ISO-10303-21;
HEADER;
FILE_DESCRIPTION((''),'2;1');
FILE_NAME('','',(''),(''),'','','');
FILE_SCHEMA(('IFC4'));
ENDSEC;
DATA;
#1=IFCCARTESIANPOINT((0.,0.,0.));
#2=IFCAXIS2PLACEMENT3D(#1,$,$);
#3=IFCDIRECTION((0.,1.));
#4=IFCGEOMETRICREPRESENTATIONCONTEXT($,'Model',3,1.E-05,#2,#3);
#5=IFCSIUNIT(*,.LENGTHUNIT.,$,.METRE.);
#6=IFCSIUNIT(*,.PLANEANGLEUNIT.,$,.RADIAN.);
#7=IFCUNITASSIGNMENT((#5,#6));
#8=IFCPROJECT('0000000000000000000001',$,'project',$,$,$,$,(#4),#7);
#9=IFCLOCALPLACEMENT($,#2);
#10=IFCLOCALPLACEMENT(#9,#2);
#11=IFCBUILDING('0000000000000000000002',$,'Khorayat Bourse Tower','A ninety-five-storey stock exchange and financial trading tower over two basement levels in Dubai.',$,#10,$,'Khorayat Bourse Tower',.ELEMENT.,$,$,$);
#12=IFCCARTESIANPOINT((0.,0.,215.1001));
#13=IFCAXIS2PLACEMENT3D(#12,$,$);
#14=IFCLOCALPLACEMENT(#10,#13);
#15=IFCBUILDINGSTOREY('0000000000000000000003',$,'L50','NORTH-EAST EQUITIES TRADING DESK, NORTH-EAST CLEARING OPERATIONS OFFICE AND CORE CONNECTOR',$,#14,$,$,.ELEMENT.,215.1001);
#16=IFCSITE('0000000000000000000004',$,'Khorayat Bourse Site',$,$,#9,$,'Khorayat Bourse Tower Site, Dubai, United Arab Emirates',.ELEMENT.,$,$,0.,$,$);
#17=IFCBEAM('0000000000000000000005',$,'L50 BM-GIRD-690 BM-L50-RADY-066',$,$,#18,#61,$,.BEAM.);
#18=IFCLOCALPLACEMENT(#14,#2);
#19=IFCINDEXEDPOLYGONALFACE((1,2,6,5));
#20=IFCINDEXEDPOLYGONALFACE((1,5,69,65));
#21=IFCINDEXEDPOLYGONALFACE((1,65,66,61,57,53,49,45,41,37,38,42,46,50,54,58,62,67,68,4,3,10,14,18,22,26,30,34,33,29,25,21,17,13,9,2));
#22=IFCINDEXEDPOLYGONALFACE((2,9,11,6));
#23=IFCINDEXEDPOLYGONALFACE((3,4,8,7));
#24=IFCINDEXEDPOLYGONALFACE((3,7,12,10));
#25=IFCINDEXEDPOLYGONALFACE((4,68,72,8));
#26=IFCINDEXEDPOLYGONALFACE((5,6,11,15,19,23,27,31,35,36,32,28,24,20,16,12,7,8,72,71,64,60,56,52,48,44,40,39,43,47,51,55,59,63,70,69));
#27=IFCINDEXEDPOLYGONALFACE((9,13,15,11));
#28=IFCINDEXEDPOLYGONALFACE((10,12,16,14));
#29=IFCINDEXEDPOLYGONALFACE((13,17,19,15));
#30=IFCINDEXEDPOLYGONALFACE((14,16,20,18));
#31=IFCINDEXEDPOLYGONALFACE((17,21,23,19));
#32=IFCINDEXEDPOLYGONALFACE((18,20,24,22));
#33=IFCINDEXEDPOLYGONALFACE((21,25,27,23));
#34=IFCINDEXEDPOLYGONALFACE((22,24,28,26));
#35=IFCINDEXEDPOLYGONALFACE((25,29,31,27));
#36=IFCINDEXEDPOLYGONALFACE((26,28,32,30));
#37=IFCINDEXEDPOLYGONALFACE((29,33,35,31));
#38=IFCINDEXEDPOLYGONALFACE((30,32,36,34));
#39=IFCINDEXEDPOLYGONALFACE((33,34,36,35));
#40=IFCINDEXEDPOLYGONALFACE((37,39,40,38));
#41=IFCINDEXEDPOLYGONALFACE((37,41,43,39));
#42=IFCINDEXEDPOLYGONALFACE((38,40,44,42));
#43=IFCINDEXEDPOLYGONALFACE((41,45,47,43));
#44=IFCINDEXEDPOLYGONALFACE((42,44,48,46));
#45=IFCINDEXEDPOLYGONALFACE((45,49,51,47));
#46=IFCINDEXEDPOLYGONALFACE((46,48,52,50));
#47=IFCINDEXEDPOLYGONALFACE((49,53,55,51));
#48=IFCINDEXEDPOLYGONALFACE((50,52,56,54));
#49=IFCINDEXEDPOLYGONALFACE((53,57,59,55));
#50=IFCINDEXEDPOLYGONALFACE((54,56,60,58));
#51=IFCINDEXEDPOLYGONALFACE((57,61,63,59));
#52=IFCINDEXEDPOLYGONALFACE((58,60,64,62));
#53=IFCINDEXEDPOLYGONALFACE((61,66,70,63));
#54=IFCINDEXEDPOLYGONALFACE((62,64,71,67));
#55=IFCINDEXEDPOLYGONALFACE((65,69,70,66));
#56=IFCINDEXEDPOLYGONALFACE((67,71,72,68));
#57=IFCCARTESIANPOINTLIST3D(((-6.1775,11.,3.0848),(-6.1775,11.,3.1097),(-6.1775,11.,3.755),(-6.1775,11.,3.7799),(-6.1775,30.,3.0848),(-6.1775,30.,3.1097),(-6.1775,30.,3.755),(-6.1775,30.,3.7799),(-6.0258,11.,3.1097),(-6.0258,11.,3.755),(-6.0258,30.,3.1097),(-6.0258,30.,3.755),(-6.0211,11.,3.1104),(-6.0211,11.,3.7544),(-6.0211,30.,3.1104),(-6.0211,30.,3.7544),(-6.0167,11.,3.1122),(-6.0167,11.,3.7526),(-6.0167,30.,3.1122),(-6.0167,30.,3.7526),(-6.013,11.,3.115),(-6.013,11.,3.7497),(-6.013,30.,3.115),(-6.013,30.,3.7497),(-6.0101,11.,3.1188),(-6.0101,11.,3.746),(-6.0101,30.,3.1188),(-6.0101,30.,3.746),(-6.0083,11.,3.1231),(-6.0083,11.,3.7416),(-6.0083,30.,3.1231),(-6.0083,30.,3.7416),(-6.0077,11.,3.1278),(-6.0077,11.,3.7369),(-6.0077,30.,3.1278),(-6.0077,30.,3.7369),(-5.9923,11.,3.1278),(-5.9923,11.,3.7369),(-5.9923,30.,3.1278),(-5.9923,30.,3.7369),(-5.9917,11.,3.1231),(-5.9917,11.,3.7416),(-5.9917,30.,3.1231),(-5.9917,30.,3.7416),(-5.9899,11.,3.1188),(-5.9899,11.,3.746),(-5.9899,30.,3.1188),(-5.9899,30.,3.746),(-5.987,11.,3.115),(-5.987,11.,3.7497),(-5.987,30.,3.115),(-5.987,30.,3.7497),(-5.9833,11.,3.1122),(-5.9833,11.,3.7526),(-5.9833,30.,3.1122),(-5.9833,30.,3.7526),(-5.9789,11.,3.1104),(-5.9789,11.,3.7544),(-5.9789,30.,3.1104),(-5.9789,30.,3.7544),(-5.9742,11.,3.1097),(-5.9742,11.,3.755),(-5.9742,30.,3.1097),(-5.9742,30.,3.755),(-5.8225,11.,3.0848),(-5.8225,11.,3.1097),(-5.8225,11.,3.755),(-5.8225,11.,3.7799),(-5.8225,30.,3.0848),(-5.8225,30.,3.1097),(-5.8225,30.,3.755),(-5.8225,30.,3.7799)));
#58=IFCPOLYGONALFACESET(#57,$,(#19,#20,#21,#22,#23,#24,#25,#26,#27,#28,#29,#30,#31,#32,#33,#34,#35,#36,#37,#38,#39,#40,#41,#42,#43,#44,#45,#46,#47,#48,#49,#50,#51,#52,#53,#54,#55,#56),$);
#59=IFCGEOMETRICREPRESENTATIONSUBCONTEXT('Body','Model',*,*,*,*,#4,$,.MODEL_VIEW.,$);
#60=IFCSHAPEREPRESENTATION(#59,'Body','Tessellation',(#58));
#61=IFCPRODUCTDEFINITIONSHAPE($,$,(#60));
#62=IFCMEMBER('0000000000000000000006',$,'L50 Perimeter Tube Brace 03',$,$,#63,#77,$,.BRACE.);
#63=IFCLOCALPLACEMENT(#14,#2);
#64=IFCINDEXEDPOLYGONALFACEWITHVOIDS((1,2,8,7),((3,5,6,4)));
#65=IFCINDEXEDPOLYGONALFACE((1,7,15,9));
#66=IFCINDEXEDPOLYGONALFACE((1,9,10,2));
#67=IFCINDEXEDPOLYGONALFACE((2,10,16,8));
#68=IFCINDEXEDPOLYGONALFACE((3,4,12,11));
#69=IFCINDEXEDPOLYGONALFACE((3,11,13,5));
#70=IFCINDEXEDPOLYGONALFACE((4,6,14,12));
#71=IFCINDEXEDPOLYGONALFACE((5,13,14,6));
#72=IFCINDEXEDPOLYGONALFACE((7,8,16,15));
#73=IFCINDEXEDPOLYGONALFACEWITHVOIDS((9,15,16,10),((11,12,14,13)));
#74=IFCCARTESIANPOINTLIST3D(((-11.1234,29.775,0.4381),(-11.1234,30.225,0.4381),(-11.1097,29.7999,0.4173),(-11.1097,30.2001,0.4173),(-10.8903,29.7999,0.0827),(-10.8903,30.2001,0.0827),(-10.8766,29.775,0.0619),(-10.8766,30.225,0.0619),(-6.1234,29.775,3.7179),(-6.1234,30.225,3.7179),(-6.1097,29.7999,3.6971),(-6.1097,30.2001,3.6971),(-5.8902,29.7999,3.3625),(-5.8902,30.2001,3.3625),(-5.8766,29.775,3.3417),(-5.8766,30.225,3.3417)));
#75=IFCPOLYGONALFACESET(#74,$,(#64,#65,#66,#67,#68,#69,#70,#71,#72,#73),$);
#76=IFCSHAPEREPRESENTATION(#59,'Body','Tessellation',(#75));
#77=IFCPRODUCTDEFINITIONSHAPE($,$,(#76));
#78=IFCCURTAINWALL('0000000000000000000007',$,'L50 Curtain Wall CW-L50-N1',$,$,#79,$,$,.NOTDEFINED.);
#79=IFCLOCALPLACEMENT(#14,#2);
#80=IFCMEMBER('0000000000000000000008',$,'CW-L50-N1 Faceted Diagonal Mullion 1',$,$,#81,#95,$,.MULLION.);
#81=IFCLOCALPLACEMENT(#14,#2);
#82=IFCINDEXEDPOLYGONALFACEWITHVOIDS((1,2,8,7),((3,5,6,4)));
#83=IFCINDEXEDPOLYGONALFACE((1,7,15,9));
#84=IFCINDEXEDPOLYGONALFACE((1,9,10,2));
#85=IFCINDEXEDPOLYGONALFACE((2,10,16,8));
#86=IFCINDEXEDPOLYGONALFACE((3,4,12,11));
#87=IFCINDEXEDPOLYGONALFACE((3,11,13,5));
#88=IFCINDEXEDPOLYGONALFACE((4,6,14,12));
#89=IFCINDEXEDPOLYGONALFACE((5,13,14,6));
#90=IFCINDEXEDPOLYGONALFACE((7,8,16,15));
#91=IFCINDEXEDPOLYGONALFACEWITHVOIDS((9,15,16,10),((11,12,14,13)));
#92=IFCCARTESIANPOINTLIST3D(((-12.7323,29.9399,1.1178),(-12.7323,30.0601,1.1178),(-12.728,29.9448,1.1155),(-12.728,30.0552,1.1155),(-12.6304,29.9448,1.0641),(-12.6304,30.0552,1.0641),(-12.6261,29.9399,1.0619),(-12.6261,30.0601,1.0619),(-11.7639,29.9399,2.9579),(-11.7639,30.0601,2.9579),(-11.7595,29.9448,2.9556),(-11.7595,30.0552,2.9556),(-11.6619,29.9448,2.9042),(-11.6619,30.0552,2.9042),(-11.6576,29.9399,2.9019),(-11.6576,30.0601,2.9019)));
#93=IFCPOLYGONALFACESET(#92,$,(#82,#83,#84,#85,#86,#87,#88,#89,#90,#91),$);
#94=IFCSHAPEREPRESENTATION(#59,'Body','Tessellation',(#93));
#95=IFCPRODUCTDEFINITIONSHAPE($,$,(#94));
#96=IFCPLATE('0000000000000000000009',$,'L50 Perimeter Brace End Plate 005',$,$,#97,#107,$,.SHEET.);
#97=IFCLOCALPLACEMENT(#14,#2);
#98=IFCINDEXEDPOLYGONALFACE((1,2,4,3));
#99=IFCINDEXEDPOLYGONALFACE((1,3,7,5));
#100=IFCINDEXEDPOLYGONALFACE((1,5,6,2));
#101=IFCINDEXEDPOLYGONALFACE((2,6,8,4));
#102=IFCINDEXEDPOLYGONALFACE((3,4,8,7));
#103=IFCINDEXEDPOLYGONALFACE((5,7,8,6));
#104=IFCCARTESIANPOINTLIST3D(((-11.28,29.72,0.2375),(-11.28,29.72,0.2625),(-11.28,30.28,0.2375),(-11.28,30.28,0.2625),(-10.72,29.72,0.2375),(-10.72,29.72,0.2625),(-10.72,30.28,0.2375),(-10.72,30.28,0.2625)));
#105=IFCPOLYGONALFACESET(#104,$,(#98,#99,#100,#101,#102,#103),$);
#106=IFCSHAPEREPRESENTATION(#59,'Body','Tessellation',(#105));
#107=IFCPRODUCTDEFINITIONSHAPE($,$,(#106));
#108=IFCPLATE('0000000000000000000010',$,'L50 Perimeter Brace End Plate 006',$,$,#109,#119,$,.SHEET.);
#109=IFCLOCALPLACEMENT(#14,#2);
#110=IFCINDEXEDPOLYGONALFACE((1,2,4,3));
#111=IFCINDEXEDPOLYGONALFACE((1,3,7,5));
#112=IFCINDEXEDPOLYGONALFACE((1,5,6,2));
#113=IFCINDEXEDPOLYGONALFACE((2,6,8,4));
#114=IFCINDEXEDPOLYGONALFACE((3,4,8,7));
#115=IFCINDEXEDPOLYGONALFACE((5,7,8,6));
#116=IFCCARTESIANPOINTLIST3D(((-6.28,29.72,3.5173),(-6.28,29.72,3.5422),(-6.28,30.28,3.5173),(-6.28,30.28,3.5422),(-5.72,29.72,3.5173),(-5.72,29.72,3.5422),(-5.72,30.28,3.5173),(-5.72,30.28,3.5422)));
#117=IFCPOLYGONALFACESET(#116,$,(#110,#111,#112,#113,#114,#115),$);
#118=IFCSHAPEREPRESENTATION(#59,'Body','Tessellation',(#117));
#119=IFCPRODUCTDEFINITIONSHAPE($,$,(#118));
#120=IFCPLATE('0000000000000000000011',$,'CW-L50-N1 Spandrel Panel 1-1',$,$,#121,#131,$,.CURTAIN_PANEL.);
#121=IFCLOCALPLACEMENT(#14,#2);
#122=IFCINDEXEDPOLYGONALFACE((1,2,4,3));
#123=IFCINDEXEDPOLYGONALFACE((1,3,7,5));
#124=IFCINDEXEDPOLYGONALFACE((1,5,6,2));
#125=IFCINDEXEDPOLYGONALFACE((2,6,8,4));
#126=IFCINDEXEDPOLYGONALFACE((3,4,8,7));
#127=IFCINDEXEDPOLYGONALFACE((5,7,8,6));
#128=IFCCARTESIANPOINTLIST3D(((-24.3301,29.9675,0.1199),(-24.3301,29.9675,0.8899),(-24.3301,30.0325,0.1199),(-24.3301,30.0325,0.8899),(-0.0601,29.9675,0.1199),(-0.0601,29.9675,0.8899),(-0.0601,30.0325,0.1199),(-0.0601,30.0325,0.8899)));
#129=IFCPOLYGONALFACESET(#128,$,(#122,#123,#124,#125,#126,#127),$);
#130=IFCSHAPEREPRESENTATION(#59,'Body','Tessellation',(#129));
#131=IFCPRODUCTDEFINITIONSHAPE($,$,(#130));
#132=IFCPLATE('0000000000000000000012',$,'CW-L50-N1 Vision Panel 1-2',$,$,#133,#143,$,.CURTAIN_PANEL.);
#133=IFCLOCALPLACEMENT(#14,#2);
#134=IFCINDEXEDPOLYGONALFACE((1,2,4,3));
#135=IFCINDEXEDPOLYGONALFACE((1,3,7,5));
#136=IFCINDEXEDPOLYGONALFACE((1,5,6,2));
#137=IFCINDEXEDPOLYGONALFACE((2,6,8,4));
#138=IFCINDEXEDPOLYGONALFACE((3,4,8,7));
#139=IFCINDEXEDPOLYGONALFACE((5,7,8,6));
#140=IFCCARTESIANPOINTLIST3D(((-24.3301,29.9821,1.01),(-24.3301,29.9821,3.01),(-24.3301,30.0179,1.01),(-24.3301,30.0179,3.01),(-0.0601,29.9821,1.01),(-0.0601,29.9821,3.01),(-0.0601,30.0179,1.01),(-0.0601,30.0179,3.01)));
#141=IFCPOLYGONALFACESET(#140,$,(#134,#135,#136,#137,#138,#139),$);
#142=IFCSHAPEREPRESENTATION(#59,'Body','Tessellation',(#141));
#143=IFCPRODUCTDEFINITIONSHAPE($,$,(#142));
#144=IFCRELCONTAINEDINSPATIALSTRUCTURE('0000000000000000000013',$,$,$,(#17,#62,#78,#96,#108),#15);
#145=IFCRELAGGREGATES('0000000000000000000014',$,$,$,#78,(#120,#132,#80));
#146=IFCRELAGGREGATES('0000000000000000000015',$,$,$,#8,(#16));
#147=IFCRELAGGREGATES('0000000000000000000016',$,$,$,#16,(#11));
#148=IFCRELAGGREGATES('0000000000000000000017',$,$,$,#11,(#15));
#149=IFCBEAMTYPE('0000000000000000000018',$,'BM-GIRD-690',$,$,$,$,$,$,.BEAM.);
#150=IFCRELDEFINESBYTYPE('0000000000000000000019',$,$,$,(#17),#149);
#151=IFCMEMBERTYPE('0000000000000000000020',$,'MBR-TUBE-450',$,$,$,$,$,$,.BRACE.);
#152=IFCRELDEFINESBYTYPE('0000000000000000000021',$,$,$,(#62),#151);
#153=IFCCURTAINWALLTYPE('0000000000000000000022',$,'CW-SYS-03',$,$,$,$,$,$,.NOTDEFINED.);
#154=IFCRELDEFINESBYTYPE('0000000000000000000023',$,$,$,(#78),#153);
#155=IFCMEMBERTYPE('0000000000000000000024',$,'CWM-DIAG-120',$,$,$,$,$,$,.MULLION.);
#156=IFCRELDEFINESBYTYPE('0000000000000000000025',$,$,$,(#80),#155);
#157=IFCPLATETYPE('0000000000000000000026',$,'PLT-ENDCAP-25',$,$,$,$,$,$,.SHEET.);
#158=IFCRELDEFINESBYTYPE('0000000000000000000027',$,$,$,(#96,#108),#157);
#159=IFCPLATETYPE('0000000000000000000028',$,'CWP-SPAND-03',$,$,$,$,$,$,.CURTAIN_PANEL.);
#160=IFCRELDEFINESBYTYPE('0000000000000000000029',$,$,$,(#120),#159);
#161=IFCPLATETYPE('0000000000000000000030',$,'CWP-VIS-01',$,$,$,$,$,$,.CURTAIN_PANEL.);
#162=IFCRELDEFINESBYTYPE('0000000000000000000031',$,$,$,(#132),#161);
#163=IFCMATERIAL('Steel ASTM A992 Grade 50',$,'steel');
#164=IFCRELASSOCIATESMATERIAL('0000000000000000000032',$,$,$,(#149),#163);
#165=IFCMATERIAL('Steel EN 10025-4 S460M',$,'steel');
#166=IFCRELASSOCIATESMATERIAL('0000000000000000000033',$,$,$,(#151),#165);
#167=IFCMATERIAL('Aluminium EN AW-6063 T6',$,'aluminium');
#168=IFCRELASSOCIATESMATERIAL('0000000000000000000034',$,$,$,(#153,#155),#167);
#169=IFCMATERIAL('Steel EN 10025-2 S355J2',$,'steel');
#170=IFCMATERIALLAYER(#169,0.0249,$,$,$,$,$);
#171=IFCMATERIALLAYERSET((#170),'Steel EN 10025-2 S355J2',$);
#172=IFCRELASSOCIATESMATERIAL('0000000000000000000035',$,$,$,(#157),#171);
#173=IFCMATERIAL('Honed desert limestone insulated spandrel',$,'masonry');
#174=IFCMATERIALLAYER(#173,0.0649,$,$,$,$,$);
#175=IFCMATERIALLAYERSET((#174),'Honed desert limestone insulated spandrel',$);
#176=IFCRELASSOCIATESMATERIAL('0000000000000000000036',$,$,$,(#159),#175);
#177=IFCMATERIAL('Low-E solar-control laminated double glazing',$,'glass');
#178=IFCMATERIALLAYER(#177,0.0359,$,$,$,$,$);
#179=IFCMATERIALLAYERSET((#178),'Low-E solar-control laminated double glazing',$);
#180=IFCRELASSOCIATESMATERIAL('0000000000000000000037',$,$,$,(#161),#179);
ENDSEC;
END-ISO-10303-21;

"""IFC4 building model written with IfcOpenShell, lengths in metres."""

from ifc_helpers import new_model, si_unit, direction, frame, origin, origin_2d, place, context, subcontext, project, spatial, rectangle, hollow_rectangle, i_section, extrude, source, transform, mapped, material, layer, layer_set, material_profile, profile_set, type_object, element, aggregate, save


model = new_model("IFC4")

# Units and contexts
model_context = context("Model", 3, precision=1e-05, world=origin(), true_north=direction((0.0, 1.0)))
body_context = subcontext(model_context, "Body", "Model", "MODEL_VIEW")
ifc_project = project(units=[si_unit("LENGTHUNIT", "METRE"), si_unit("PLANEANGLEUNIT", "RADIAN")], contexts=[model_context])

# Site, building, storey
site_placement = place(None, origin())
site = spatial("IfcSite", under=ifc_project, at=site_placement, Name="Khorayat Bourse Site", LongName="Khorayat Bourse Tower Site, Dubai, United Arab Emirates", CompositionType="ELEMENT", RefElevation=0.0)
building_placement = place(site_placement, origin())
building = spatial("IfcBuilding", under=site, at=building_placement, Name="Khorayat Bourse Tower", Description="A ninety-five-storey stock exchange and financial trading tower over two basement levels in Dubai.", LongName="Khorayat Bourse Tower", CompositionType="ELEMENT")
storey_placement = place(building_placement, frame((0.0, 0.0, 215.1001)))
storey = spatial("IfcBuildingStorey", under=building, at=storey_placement, Name="L50", Description="NORTH-EAST EQUITIES TRADING DESK, NORTH-EAST CLEARING OPERATIONS OFFICE AND CORE CONNECTOR", CompositionType="ELEMENT", Elevation=215.1001)

# Shared definitions
ifc_material_1 = material(Name="Steel EN 10025-4 S460M", Category="steel")

# Beam
ifc_material_2 = material(Name="Steel ASTM A992 Grade 50", Category="steel")
ifc_material_profile_1 = material_profile(ifc_material_2, i_section(OverallWidth=0.355, OverallDepth=0.6951, WebThickness=0.0154, FlangeThickness=0.0249, FilletRadius=0.0181, at=origin_2d()), Name="W690X217")
ifc_profile_set_1 = profile_set([ifc_material_profile_1], Name="Steel ASTM A992 Grade 50")
beam_type_1 = type_object("IfcBeamType", Name="BM-GIRD-690", PredefinedType="BEAM", material=ifc_profile_set_1)
shared_shape_1 = source(origin(), body_context, "Body", "SweptSolid", [
    extrude(i_section(OverallWidth=0.355, OverallDepth=0.6951, WebThickness=0.0154, FlangeThickness=0.0249, FilletRadius=0.0181, at=origin_2d()), origin(), (0.0, 0.0, 1.0), 19.0),
])
for number, where, z_axis, x_axis, name in (
    (1, (-6.0, 11.0, 3.4324), (0.0, 1.0, 0.0), (-1.0, 0.0, 0.0), "L50 BM-GIRD-690 BM-L50-RADY-066"),
):
    element("IfcBeam", number, at=place(storey_placement, frame(where, z_axis=z_axis, x_axis=x_axis)), inside=storey, type_object=beam_type_1, Name=name, PredefinedType="BEAM", context=body_context, shape_type="MappedRepresentation", body=[
        mapped(shared_shape_1, transform((0.0, 0.0, 0.0), scale=1.0)),
    ])

# Member
ifc_material_profile_2 = material_profile(ifc_material_1, hollow_rectangle(XDim=0.45, YDim=0.45, WallThickness=0.0249, at=origin_2d()), Name="HSS 450x450x25")
ifc_profile_set_2 = profile_set([ifc_material_profile_2], Name="Steel EN 10025-4 S460M")
member_type_1 = type_object("IfcMemberType", Name="MBR-TUBE-450", PredefinedType="BRACE", material=ifc_profile_set_2)
shared_shape_2 = source(origin(), body_context, "Body", "SweptSolid", [
    extrude(hollow_rectangle(XDim=0.45, YDim=0.45, WallThickness=0.0249, at=origin_2d()), origin(), (0.0, 0.0, 1.0), 5.9797),
])
member_1_placement = place(storey_placement, frame((-11.0, 30.0, 0.25), z_axis=(0.83616, 0.0, 0.548485), x_axis=(0.0, 1.0, 0.0)))
element("IfcMember", 2, at=member_1_placement, inside=storey, type_object=member_type_1, Name="L50 Perimeter Tube Brace 03", PredefinedType="BRACE", context=body_context, shape_type="MappedRepresentation", body=[
    mapped(shared_shape_2, transform((0.0, 0.0, 0.0), scale=1.0)),
])

# Curtain wall, member
ifc_material_3 = material(Name="Aluminium EN AW-6063 T6", Category="aluminium")
curtain_wall_type = type_object("IfcCurtainWallType", Name="CW-SYS-03", PredefinedType="NOTDEFINED", material=ifc_material_3)
curtain_wall_placement = place(storey_placement, origin())
curtain_wall = element("IfcCurtainWall", 3, at=curtain_wall_placement, inside=storey, type_object=curtain_wall_type, Name="L50 Curtain Wall CW-L50-N1", PredefinedType="NOTDEFINED")
ifc_material_profile_3 = material_profile(ifc_material_3, hollow_rectangle(XDim=0.1201, YDim=0.1201, WallThickness=0.0049, at=origin_2d()), Name="ALU 120x120x5")
ifc_profile_set_3 = profile_set([ifc_material_profile_3], Name="Aluminium EN AW-6063 T6")
member_type_2 = type_object("IfcMemberType", Name="CWM-DIAG-120", PredefinedType="MULLION", material=ifc_profile_set_3)
shared_shape_3 = source(origin(), body_context, "Body", "SweptSolid", [
    extrude(hollow_rectangle(XDim=0.1201, YDim=0.1201, WallThickness=0.0049, at=origin_2d()), origin(), (0.0, 0.0, 1.0), 2.0793),
])
member_2_placement = place(storey_placement, frame((-12.6792, 30.0, 1.0898), z_axis=(0.465761, 0.0, 0.884911), x_axis=(0.0, 1.0, 0.0)))
member_2 = element("IfcMember", 4, at=member_2_placement, type_object=member_type_2, Name="CW-L50-N1 Faceted Diagonal Mullion 1", PredefinedType="MULLION", context=body_context, shape_type="MappedRepresentation", body=[
    mapped(shared_shape_3, transform((0.0, 0.0, 0.0), scale=1.0)),
])

# Plates
ifc_material_4 = material(Name="Steel EN 10025-2 S355J2", Category="steel")
ifc_layer_1 = layer(ifc_material_4, 0.0249)
ifc_layer_set_1 = layer_set([ifc_layer_1], Name="Steel EN 10025-2 S355J2")
plate_type_1 = type_object("IfcPlateType", Name="PLT-ENDCAP-25", PredefinedType="SHEET", material=ifc_layer_set_1)
shared_shape_4 = source(origin(), body_context, "Body", "SweptSolid", [
    extrude(rectangle(XDim=0.5601, YDim=0.5601, at=origin_2d()), origin(), (0.0, 0.0, 1.0), 0.0249),
])
for number, where, z_axis, x_axis, name in (
    (5, (-11.0, 30.0, 0.2375), (0.0, 0.0, 1.0), (1.0, 0.0, 0.0), "L50 Perimeter Brace End Plate 005"),
    (6, (-6.0, 30.0, 3.5173), (0.0, 0.0, 1.0), (1.0, 0.0, 0.0), "L50 Perimeter Brace End Plate 006"),
):
    element("IfcPlate", number, at=place(storey_placement, frame(where, z_axis=z_axis, x_axis=x_axis)), inside=storey, type_object=plate_type_1, Name=name, PredefinedType="SHEET", context=body_context, shape_type="MappedRepresentation", body=[
        mapped(shared_shape_4, transform((0.0, 0.0, 0.0), scale=1.0)),
    ])

# Plates
ifc_material_5 = material(Name="Honed desert limestone insulated spandrel", Category="masonry")
ifc_layer_2 = layer(ifc_material_5, 0.0649)
ifc_layer_set_2 = layer_set([ifc_layer_2], Name="Honed desert limestone insulated spandrel")
plate_type_2 = type_object("IfcPlateType", Name="CWP-SPAND-03", PredefinedType="CURTAIN_PANEL", material=ifc_layer_set_2)
shared_shape_5 = source(origin(), body_context, "Body", "SweptSolid", [
    extrude(rectangle(XDim=24.27, YDim=0.0649, at=origin_2d()), origin(), (0.0, 0.0, 1.0), 0.77),
])
plate_1_placement = place(storey_placement, frame((-12.1951, 30.0, 0.1199), z_axis=(0.0, 0.0, 1.0), x_axis=(1.0, 0.0, 0.0)))
plate_1 = element("IfcPlate", 7, at=plate_1_placement, type_object=plate_type_2, Name="CW-L50-N1 Spandrel Panel 1-1", PredefinedType="CURTAIN_PANEL", context=body_context, shape_type="MappedRepresentation", body=[
    mapped(shared_shape_5, transform((0.0, 0.0, 0.0), scale=1.0)),
])
ifc_material_6 = material(Name="Low-E solar-control laminated double glazing", Category="glass")
ifc_layer_3 = layer(ifc_material_6, 0.0359)
ifc_layer_set_3 = layer_set([ifc_layer_3], Name="Low-E solar-control laminated double glazing")
plate_type_3 = type_object("IfcPlateType", Name="CWP-VIS-01", PredefinedType="CURTAIN_PANEL", material=ifc_layer_set_3)
shared_shape_6 = source(origin(), body_context, "Body", "SweptSolid", [
    extrude(rectangle(XDim=24.27, YDim=0.0359, at=origin_2d()), origin(), (0.0, 0.0, 1.0), 2.0),
])
plate_2_placement = place(storey_placement, frame((-12.1951, 30.0, 1.01), z_axis=(0.0, 0.0, 1.0), x_axis=(1.0, 0.0, 0.0)))
plate_2 = element("IfcPlate", 8, at=plate_2_placement, type_object=plate_type_3, Name="CW-L50-N1 Vision Panel 1-2", PredefinedType="CURTAIN_PANEL", context=body_context, shape_type="MappedRepresentation", body=[
    mapped(shared_shape_6, transform((0.0, 0.0, 0.0), scale=1.0)),
])
aggregate(curtain_wall, [plate_1, plate_2, member_2])

save(model, "model.ifc")
